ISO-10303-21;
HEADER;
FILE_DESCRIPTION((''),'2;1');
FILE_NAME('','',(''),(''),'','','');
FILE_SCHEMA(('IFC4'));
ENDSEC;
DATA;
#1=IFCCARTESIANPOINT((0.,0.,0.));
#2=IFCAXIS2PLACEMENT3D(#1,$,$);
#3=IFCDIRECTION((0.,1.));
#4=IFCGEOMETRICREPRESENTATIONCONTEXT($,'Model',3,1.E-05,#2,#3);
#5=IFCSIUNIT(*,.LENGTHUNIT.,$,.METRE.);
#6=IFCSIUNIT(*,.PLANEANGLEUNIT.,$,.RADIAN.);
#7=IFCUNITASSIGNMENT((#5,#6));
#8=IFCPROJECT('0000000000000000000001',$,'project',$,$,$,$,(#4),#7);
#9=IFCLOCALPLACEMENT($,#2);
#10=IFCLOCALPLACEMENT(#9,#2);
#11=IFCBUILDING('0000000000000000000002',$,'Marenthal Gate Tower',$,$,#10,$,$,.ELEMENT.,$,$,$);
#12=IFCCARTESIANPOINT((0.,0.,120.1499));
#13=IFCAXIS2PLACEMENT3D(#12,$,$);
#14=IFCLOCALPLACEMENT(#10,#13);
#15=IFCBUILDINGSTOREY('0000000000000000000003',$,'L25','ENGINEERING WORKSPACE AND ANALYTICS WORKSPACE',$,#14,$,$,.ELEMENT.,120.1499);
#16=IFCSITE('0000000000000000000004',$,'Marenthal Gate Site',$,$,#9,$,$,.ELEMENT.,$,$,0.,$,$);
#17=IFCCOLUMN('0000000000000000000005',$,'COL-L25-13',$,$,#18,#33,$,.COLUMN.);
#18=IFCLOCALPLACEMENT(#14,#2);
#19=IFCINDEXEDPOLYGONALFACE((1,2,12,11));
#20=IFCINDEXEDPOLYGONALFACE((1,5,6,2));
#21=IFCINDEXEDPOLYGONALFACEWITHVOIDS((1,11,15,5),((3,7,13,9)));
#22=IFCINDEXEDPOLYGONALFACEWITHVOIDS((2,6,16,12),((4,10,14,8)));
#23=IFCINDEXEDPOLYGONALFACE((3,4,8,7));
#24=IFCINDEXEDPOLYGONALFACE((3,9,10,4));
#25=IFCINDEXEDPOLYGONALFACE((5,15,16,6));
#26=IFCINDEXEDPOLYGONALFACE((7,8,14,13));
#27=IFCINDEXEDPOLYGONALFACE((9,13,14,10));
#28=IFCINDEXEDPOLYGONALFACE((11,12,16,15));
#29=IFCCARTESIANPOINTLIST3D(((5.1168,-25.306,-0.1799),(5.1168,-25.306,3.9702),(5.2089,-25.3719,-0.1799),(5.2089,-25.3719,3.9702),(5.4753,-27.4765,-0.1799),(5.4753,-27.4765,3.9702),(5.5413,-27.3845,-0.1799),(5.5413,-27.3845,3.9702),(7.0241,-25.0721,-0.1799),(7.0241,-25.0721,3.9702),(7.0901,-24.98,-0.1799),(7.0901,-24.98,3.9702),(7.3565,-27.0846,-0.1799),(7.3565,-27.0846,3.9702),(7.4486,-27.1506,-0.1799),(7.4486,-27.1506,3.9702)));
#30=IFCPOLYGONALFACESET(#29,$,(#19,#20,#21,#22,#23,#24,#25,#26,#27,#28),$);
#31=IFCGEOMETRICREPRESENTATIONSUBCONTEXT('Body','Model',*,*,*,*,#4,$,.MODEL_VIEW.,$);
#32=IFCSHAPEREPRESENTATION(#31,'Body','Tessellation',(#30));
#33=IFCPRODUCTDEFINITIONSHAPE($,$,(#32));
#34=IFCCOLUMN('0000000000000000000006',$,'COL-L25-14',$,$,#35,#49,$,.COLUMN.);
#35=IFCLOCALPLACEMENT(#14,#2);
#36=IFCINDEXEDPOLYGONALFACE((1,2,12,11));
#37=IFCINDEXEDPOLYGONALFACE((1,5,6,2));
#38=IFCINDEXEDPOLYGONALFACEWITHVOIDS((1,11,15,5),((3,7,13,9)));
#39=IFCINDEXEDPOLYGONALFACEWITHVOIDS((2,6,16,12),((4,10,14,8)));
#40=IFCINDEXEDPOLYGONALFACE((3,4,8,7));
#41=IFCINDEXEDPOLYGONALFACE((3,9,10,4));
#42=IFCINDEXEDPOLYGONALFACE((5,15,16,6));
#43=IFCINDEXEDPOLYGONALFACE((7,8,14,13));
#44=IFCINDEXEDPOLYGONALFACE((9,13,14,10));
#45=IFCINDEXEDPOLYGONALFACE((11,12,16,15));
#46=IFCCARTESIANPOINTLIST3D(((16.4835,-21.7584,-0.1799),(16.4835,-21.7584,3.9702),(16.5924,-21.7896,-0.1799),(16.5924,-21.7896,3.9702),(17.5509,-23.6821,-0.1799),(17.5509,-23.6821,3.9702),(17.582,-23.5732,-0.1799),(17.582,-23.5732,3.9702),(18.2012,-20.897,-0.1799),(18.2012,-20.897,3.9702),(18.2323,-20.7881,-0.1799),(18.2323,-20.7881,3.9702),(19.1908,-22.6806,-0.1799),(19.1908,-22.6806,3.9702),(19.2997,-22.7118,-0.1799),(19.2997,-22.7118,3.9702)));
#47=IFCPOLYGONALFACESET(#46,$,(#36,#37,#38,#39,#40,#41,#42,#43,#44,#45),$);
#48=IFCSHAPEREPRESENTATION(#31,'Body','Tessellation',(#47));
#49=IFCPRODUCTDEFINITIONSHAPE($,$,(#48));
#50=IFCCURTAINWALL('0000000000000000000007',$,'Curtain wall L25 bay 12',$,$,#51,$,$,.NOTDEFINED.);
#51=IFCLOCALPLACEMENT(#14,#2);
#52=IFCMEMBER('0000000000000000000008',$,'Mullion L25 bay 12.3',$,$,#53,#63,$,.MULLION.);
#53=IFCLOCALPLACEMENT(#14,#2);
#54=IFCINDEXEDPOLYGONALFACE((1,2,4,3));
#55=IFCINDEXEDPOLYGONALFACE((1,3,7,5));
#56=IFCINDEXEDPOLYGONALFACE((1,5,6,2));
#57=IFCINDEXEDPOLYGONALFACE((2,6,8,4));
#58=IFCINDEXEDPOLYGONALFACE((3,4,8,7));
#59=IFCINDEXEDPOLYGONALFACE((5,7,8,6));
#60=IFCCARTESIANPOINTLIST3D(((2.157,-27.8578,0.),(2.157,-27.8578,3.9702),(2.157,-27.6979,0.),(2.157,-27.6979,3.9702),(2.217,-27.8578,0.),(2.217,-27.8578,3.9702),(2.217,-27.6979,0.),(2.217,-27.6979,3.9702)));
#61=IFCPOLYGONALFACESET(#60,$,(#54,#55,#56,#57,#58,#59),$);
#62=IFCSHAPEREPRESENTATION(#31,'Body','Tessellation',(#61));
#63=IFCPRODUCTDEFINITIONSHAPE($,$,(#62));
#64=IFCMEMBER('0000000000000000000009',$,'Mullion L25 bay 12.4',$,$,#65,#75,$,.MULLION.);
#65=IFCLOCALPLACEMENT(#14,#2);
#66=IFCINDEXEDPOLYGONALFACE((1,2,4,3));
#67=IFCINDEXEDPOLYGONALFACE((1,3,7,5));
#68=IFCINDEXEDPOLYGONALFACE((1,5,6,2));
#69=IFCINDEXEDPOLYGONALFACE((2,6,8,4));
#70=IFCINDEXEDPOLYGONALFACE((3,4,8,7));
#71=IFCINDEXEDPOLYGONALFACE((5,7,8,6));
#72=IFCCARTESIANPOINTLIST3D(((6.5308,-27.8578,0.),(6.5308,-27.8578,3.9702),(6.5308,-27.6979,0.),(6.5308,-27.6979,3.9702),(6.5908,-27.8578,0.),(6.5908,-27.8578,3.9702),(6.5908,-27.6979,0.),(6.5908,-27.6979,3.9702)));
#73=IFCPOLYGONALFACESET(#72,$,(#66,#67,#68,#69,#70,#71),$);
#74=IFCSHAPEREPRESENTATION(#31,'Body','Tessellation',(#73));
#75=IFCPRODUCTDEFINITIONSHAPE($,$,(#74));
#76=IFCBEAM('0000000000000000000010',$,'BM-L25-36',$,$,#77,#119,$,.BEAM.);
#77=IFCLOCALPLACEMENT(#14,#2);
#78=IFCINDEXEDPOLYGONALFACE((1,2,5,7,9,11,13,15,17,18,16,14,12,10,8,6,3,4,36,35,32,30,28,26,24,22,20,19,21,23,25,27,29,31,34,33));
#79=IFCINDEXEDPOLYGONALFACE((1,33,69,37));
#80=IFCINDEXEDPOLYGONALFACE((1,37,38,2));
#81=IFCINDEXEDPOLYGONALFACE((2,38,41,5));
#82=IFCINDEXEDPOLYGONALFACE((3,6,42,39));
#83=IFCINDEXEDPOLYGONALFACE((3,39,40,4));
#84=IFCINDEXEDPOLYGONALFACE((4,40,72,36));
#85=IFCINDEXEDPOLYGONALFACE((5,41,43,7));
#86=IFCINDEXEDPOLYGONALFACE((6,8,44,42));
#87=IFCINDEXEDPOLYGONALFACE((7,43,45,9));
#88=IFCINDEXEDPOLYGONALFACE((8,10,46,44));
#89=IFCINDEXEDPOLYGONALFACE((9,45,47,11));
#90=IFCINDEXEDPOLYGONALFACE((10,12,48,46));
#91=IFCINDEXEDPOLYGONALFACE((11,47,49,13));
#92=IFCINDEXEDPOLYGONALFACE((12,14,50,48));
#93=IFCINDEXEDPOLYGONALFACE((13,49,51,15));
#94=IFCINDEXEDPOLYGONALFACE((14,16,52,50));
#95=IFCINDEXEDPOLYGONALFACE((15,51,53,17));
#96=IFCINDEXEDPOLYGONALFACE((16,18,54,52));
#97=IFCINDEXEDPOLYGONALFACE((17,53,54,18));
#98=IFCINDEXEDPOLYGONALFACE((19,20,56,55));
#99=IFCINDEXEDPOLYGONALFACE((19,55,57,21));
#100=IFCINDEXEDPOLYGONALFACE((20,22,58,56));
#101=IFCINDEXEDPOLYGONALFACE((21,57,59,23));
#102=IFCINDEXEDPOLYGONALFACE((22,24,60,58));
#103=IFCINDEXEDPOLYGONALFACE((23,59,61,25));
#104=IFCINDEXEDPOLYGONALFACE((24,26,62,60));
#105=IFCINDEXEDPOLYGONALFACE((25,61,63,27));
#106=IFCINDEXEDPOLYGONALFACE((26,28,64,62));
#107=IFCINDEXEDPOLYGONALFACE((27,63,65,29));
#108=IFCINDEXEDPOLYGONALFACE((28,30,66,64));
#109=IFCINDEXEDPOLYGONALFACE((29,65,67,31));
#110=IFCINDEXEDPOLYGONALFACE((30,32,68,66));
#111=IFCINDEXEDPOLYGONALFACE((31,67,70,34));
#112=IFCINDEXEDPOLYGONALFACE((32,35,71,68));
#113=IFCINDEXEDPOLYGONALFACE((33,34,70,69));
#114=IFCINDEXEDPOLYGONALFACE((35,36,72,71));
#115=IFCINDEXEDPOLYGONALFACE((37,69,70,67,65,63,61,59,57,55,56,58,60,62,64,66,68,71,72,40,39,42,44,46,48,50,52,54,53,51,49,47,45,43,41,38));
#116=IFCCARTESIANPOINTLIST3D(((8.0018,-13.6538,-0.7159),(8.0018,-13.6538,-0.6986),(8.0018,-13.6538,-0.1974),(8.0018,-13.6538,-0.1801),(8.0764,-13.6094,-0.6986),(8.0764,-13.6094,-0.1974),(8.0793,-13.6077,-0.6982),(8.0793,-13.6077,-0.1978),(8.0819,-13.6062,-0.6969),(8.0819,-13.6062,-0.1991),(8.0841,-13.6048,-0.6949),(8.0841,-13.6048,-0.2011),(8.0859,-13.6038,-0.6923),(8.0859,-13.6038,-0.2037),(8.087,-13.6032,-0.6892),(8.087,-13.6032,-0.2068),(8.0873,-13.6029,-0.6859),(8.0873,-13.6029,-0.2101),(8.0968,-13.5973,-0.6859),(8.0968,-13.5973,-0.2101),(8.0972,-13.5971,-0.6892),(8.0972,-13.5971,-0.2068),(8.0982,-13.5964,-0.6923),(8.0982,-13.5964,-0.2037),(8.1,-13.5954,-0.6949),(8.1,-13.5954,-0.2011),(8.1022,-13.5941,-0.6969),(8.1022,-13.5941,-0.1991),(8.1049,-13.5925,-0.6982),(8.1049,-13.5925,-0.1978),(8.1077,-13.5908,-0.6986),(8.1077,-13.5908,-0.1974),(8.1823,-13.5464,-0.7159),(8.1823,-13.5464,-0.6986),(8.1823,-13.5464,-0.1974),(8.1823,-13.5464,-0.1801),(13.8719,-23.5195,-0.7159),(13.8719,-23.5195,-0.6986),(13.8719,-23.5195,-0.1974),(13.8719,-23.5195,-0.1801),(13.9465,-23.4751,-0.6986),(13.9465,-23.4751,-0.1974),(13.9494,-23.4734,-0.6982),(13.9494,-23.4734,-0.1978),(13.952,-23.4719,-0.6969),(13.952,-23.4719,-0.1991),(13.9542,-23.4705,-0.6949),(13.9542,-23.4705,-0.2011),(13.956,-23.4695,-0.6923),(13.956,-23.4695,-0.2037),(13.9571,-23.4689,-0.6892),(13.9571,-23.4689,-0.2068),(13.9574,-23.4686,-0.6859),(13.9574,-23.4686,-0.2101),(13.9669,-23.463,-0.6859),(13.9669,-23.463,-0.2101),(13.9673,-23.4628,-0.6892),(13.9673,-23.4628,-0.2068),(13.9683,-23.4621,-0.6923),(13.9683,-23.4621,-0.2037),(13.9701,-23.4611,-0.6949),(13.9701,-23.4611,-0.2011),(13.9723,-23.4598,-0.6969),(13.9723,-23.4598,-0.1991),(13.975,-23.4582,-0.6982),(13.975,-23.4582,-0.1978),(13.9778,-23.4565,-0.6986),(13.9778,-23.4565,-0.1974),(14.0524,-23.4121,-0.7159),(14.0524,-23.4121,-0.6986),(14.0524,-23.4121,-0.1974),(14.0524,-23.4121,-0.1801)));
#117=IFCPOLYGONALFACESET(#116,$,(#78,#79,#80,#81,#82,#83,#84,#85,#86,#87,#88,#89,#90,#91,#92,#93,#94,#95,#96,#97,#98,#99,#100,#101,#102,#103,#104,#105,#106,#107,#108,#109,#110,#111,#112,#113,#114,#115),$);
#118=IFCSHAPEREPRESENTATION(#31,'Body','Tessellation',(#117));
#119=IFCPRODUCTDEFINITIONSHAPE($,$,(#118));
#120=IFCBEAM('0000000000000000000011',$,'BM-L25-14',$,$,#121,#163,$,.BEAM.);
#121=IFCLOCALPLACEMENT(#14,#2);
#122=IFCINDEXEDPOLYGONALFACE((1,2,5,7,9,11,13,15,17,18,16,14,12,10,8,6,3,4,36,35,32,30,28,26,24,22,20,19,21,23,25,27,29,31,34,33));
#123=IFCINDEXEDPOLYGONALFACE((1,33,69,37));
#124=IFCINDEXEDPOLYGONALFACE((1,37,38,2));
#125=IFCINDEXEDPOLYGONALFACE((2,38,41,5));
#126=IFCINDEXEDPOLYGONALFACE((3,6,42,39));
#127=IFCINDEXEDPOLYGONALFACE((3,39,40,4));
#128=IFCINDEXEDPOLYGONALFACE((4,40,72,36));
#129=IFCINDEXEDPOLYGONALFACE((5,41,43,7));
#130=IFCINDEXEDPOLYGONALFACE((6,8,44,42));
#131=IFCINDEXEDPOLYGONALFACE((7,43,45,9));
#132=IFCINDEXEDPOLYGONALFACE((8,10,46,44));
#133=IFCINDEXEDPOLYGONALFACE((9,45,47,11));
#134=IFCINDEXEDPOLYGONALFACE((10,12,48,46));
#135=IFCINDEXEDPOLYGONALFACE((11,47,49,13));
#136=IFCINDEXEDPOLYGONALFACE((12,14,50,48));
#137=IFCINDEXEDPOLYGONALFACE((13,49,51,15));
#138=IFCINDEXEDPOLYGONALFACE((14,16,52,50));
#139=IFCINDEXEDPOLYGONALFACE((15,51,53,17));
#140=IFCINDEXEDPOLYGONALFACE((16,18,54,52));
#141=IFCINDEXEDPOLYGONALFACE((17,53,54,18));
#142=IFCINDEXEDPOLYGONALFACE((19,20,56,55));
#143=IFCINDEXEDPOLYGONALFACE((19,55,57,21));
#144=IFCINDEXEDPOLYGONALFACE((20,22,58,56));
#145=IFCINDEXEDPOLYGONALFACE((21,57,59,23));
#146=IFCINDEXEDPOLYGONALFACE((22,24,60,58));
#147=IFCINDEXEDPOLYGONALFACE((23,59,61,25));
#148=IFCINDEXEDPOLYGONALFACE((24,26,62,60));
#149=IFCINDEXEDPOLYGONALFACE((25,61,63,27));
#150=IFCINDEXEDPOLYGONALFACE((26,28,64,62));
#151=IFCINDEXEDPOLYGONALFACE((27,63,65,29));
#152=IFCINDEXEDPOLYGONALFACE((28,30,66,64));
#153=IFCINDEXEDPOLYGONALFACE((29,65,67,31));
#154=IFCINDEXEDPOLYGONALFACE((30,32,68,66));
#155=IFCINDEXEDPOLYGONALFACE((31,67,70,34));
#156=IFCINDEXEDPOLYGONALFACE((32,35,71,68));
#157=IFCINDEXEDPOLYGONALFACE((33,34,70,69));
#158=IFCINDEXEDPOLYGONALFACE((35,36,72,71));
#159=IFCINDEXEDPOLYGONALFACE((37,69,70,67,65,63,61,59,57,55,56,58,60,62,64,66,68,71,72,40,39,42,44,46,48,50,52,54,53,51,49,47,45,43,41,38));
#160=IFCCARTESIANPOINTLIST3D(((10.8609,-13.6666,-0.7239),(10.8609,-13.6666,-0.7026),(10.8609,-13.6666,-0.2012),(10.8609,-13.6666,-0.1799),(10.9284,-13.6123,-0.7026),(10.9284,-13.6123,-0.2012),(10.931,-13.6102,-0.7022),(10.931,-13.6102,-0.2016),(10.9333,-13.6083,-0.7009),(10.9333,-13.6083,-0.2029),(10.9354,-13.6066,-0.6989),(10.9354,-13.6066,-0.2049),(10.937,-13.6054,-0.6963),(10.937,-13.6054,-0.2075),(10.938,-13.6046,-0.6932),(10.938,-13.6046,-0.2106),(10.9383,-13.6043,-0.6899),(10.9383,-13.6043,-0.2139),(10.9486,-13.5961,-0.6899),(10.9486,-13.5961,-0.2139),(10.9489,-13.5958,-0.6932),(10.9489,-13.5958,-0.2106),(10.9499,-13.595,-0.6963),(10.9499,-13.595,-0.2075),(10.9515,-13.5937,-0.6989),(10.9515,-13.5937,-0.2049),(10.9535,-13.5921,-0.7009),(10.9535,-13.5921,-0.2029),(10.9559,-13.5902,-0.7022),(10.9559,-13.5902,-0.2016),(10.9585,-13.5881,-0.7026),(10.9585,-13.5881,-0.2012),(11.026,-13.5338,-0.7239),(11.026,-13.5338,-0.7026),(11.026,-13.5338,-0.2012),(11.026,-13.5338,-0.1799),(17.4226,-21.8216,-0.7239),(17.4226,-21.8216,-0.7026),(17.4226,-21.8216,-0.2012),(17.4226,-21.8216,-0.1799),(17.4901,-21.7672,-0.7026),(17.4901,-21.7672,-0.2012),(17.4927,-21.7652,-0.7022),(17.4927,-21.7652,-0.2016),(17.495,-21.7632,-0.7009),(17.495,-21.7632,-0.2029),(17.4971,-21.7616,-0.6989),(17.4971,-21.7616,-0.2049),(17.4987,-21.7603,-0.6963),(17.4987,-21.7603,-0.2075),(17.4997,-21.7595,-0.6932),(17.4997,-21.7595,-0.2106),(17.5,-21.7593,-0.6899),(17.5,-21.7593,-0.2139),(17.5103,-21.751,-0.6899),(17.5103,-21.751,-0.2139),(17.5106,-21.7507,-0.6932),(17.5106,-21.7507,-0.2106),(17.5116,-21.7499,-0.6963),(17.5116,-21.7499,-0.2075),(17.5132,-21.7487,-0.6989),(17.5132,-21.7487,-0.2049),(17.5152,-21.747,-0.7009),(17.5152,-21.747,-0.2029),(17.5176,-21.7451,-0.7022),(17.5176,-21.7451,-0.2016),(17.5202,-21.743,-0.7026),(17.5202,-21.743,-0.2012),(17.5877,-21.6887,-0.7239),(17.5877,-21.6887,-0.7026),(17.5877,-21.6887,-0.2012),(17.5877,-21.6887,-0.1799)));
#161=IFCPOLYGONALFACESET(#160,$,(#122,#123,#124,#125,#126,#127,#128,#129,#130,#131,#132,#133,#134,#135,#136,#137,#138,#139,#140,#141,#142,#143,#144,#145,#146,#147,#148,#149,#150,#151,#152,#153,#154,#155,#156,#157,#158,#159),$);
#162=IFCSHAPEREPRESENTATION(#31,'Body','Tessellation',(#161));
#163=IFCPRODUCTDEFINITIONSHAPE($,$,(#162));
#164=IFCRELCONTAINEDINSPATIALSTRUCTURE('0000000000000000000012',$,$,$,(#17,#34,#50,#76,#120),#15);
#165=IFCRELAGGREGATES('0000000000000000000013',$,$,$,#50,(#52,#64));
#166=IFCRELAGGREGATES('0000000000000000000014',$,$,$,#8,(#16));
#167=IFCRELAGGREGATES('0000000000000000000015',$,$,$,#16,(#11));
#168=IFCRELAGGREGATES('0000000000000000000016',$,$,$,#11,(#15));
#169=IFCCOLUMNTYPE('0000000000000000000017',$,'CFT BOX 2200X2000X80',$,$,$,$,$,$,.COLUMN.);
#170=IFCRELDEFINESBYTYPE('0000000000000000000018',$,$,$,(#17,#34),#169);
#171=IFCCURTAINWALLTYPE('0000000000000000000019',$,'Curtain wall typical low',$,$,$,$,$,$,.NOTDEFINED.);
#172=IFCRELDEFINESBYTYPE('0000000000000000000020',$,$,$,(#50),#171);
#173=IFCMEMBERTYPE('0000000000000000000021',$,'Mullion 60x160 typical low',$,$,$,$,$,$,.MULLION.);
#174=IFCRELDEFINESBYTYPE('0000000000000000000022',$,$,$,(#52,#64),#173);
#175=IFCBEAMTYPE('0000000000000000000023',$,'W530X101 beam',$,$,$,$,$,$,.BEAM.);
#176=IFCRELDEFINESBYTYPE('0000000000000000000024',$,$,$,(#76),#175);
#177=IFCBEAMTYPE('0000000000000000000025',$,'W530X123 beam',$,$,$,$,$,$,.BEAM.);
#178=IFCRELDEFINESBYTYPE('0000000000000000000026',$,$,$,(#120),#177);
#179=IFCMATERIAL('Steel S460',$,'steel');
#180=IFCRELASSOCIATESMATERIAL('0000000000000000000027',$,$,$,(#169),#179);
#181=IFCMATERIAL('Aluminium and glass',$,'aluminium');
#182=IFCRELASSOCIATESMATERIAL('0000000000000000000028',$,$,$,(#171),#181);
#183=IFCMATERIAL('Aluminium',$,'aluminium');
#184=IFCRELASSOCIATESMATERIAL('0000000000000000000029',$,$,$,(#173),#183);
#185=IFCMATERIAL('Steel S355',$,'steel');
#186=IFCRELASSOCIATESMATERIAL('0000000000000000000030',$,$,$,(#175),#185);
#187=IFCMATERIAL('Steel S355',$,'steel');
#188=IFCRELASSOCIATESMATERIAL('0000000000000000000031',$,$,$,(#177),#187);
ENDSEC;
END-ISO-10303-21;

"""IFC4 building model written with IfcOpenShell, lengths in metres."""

from ifc_helpers import new_model, si_unit, direction, frame, origin, origin_2d, place, context, subcontext, project, spatial, rectangle, hollow_rectangle, i_section, extrude, material, material_profile, profile_set, type_object, element, aggregate, save


model = new_model("IFC4")

# Units and contexts
model_context = context("Model", 3, precision=1e-05, world=origin(), true_north=direction((0.0, 1.0)))
body_context = subcontext(model_context, "Body", "Model", "MODEL_VIEW")
ifc_project = project(units=[si_unit("LENGTHUNIT", "METRE"), si_unit("PLANEANGLEUNIT", "RADIAN")], contexts=[model_context])

# Site, building, storey
site_placement = place(None, origin())
site = spatial("IfcSite", under=ifc_project, at=site_placement, Name="Marenthal Gate Site", CompositionType="ELEMENT", RefElevation=0.0)
building_placement = place(site_placement, origin())
building = spatial("IfcBuilding", under=site, at=building_placement, Name="Marenthal Gate Tower", CompositionType="ELEMENT")
storey_placement = place(building_placement, frame((0.0, 0.0, 120.1499)))
storey = spatial("IfcBuildingStorey", under=building, at=storey_placement, Name="L25", Description="ENGINEERING WORKSPACE AND ANALYTICS WORKSPACE", CompositionType="ELEMENT", Elevation=120.1499)

# Columns
ifc_material_1 = material(Name="Steel S460", Category="steel")
ifc_material_profile_1 = material_profile(ifc_material_1, hollow_rectangle(XDim=2.0, YDim=2.2, WallThickness=0.0801, at=origin_2d()), Name="CFT BOX 2200X2000X80")
ifc_material_2 = material(Name="Concrete 70 MPa", Category="concrete")
ifc_material_profile_2 = material_profile(ifc_material_2, rectangle(XDim=1.8401, YDim=2.04, at=origin_2d()), Name="CFT BOX 2200X2000X80 INFILL")
ifc_profile_set_1 = profile_set([ifc_material_profile_1, ifc_material_profile_2], Name="Steel S460 shell, Concrete 70 MPa infill")
column_type = type_object("IfcColumnType", Name="CFT BOX 2200X2000X80", PredefinedType="COLUMN", material=ifc_profile_set_1)
for number, where, z_axis, x_axis, name in (
    (1, (6.2827, -26.2283, -0.1799), (0.0, 0.0, 1.0), (-0.986631, -0.162968, 0.0), "COL-L25-13"),
    (2, (17.8916, -22.2351, -0.1799), (0.0, 0.0, 1.0), (-0.874418, -0.485173, 0.0), "COL-L25-14"),
):
    element("IfcColumn", number, at=place(storey_placement, frame(where, z_axis=z_axis, x_axis=x_axis)), inside=storey, type_object=column_type, Name=name, PredefinedType="COLUMN", context=body_context, shape_type="SweptSolid", body=[
        extrude(hollow_rectangle(XDim=2.0, YDim=2.2, WallThickness=0.0801, at=origin_2d()), origin(), (0.0, 0.0, 1.0), 4.1501),
    ])

# Curtain wall, members
ifc_material_3 = material(Name="Aluminium and glass", Category="aluminium")
curtain_wall_type = type_object("IfcCurtainWallType", Name="Curtain wall typical low", PredefinedType="NOTDEFINED", material=ifc_material_3)
curtain_wall_placement = place(storey_placement, origin())
curtain_wall = element("IfcCurtainWall", 3, at=curtain_wall_placement, inside=storey, type_object=curtain_wall_type, Name="Curtain wall L25 bay 12", PredefinedType="NOTDEFINED")
ifc_material_4 = material(Name="Aluminium", Category="aluminium")
ifc_material_profile_3 = material_profile(ifc_material_4, rectangle(XDim=0.1599, YDim=0.0601, at=origin_2d()), Name="60x160 aluminium mullion")
ifc_profile_set_2 = profile_set([ifc_material_profile_3], Name="Aluminium")
member_type = type_object("IfcMemberType", Name="Mullion 60x160 typical low", PredefinedType="MULLION", material=ifc_profile_set_2)
member_1_placement = place(storey_placement, frame((2.187, -27.7778, 0.0), z_axis=(0.0, 0.0, 1.0), x_axis=(0.0, 1.0, 0.0)))
member_1 = element("IfcMember", 4, at=member_1_placement, type_object=member_type, Name="Mullion L25 bay 12.3", PredefinedType="MULLION", context=body_context, shape_type="SweptSolid", body=[
    extrude(rectangle(XDim=0.1599, YDim=0.0601, at=origin_2d()), origin(), (0.0, 0.0, 1.0), 3.9702),
])
member_2_placement = place(storey_placement, frame((6.5608, -27.7778, 0.0), z_axis=(0.0, 0.0, 1.0), x_axis=(0.0, 1.0, 0.0)))
member_2 = element("IfcMember", 5, at=member_2_placement, type_object=member_type, Name="Mullion L25 bay 12.4", PredefinedType="MULLION", context=body_context, shape_type="SweptSolid", body=[
    extrude(rectangle(XDim=0.1599, YDim=0.0601, at=origin_2d()), origin(), (0.0, 0.0, 1.0), 3.9702),
])

# Beams
ifc_material_5 = material(Name="Steel S355", Category="steel")
ifc_material_profile_4 = material_profile(ifc_material_5, i_section(OverallWidth=0.21, OverallDepth=0.5359, WebThickness=0.011, FlangeThickness=0.0173, FilletRadius=0.0127, at=origin_2d()), Name="W530X101")
ifc_profile_set_3 = profile_set([ifc_material_profile_4], Name="Steel S355")
beam_type_1 = type_object("IfcBeamType", Name="W530X101 beam", PredefinedType="BEAM", material=ifc_profile_set_3)
beam_1_placement = place(storey_placement, frame((13.9622, -23.4658, -0.448), z_axis=(-0.511334, 0.859382, 0.0), x_axis=(-0.859382, -0.511334, 0.0)))
element("IfcBeam", 6, at=beam_1_placement, inside=storey, type_object=beam_type_1, Name="BM-L25-36", PredefinedType="BEAM", context=body_context, shape_type="SweptSolid", body=[
    extrude(i_section(OverallWidth=0.21, OverallDepth=0.5359, WebThickness=0.011, FlangeThickness=0.0173, FilletRadius=0.0127, at=origin_2d()), origin(), (0.0, 0.0, 1.0), 11.48),
])
ifc_material_6 = material(Name="Steel S355", Category="steel")
ifc_material_profile_5 = material_profile(ifc_material_6, i_section(OverallWidth=0.2119, OverallDepth=0.5439, WebThickness=0.0132, FlangeThickness=0.0212, FilletRadius=0.0127, at=origin_2d()), Name="W530X123")
ifc_profile_set_4 = profile_set([ifc_material_profile_5], Name="Steel S355")
beam_type_2 = type_object("IfcBeamType", Name="W530X123 beam", PredefinedType="BEAM", material=ifc_profile_set_4)
beam_2_placement = place(storey_placement, frame((17.5051, -21.7551, -0.4519), z_axis=(-0.626891, 0.779107, 0.0), x_axis=(-0.779107, -0.626891, 0.0)))
element("IfcBeam", 7, at=beam_2_placement, inside=storey, type_object=beam_type_2, Name="BM-L25-14", PredefinedType="BEAM", context=body_context, shape_type="SweptSolid", body=[
    extrude(i_section(OverallWidth=0.2119, OverallDepth=0.5439, WebThickness=0.0132, FlangeThickness=0.0212, FilletRadius=0.0127, at=origin_2d()), origin(), (0.0, 0.0, 1.0), 10.467),
])

aggregate(curtain_wall, [member_1, member_2])

save(model, "model.ifc")
